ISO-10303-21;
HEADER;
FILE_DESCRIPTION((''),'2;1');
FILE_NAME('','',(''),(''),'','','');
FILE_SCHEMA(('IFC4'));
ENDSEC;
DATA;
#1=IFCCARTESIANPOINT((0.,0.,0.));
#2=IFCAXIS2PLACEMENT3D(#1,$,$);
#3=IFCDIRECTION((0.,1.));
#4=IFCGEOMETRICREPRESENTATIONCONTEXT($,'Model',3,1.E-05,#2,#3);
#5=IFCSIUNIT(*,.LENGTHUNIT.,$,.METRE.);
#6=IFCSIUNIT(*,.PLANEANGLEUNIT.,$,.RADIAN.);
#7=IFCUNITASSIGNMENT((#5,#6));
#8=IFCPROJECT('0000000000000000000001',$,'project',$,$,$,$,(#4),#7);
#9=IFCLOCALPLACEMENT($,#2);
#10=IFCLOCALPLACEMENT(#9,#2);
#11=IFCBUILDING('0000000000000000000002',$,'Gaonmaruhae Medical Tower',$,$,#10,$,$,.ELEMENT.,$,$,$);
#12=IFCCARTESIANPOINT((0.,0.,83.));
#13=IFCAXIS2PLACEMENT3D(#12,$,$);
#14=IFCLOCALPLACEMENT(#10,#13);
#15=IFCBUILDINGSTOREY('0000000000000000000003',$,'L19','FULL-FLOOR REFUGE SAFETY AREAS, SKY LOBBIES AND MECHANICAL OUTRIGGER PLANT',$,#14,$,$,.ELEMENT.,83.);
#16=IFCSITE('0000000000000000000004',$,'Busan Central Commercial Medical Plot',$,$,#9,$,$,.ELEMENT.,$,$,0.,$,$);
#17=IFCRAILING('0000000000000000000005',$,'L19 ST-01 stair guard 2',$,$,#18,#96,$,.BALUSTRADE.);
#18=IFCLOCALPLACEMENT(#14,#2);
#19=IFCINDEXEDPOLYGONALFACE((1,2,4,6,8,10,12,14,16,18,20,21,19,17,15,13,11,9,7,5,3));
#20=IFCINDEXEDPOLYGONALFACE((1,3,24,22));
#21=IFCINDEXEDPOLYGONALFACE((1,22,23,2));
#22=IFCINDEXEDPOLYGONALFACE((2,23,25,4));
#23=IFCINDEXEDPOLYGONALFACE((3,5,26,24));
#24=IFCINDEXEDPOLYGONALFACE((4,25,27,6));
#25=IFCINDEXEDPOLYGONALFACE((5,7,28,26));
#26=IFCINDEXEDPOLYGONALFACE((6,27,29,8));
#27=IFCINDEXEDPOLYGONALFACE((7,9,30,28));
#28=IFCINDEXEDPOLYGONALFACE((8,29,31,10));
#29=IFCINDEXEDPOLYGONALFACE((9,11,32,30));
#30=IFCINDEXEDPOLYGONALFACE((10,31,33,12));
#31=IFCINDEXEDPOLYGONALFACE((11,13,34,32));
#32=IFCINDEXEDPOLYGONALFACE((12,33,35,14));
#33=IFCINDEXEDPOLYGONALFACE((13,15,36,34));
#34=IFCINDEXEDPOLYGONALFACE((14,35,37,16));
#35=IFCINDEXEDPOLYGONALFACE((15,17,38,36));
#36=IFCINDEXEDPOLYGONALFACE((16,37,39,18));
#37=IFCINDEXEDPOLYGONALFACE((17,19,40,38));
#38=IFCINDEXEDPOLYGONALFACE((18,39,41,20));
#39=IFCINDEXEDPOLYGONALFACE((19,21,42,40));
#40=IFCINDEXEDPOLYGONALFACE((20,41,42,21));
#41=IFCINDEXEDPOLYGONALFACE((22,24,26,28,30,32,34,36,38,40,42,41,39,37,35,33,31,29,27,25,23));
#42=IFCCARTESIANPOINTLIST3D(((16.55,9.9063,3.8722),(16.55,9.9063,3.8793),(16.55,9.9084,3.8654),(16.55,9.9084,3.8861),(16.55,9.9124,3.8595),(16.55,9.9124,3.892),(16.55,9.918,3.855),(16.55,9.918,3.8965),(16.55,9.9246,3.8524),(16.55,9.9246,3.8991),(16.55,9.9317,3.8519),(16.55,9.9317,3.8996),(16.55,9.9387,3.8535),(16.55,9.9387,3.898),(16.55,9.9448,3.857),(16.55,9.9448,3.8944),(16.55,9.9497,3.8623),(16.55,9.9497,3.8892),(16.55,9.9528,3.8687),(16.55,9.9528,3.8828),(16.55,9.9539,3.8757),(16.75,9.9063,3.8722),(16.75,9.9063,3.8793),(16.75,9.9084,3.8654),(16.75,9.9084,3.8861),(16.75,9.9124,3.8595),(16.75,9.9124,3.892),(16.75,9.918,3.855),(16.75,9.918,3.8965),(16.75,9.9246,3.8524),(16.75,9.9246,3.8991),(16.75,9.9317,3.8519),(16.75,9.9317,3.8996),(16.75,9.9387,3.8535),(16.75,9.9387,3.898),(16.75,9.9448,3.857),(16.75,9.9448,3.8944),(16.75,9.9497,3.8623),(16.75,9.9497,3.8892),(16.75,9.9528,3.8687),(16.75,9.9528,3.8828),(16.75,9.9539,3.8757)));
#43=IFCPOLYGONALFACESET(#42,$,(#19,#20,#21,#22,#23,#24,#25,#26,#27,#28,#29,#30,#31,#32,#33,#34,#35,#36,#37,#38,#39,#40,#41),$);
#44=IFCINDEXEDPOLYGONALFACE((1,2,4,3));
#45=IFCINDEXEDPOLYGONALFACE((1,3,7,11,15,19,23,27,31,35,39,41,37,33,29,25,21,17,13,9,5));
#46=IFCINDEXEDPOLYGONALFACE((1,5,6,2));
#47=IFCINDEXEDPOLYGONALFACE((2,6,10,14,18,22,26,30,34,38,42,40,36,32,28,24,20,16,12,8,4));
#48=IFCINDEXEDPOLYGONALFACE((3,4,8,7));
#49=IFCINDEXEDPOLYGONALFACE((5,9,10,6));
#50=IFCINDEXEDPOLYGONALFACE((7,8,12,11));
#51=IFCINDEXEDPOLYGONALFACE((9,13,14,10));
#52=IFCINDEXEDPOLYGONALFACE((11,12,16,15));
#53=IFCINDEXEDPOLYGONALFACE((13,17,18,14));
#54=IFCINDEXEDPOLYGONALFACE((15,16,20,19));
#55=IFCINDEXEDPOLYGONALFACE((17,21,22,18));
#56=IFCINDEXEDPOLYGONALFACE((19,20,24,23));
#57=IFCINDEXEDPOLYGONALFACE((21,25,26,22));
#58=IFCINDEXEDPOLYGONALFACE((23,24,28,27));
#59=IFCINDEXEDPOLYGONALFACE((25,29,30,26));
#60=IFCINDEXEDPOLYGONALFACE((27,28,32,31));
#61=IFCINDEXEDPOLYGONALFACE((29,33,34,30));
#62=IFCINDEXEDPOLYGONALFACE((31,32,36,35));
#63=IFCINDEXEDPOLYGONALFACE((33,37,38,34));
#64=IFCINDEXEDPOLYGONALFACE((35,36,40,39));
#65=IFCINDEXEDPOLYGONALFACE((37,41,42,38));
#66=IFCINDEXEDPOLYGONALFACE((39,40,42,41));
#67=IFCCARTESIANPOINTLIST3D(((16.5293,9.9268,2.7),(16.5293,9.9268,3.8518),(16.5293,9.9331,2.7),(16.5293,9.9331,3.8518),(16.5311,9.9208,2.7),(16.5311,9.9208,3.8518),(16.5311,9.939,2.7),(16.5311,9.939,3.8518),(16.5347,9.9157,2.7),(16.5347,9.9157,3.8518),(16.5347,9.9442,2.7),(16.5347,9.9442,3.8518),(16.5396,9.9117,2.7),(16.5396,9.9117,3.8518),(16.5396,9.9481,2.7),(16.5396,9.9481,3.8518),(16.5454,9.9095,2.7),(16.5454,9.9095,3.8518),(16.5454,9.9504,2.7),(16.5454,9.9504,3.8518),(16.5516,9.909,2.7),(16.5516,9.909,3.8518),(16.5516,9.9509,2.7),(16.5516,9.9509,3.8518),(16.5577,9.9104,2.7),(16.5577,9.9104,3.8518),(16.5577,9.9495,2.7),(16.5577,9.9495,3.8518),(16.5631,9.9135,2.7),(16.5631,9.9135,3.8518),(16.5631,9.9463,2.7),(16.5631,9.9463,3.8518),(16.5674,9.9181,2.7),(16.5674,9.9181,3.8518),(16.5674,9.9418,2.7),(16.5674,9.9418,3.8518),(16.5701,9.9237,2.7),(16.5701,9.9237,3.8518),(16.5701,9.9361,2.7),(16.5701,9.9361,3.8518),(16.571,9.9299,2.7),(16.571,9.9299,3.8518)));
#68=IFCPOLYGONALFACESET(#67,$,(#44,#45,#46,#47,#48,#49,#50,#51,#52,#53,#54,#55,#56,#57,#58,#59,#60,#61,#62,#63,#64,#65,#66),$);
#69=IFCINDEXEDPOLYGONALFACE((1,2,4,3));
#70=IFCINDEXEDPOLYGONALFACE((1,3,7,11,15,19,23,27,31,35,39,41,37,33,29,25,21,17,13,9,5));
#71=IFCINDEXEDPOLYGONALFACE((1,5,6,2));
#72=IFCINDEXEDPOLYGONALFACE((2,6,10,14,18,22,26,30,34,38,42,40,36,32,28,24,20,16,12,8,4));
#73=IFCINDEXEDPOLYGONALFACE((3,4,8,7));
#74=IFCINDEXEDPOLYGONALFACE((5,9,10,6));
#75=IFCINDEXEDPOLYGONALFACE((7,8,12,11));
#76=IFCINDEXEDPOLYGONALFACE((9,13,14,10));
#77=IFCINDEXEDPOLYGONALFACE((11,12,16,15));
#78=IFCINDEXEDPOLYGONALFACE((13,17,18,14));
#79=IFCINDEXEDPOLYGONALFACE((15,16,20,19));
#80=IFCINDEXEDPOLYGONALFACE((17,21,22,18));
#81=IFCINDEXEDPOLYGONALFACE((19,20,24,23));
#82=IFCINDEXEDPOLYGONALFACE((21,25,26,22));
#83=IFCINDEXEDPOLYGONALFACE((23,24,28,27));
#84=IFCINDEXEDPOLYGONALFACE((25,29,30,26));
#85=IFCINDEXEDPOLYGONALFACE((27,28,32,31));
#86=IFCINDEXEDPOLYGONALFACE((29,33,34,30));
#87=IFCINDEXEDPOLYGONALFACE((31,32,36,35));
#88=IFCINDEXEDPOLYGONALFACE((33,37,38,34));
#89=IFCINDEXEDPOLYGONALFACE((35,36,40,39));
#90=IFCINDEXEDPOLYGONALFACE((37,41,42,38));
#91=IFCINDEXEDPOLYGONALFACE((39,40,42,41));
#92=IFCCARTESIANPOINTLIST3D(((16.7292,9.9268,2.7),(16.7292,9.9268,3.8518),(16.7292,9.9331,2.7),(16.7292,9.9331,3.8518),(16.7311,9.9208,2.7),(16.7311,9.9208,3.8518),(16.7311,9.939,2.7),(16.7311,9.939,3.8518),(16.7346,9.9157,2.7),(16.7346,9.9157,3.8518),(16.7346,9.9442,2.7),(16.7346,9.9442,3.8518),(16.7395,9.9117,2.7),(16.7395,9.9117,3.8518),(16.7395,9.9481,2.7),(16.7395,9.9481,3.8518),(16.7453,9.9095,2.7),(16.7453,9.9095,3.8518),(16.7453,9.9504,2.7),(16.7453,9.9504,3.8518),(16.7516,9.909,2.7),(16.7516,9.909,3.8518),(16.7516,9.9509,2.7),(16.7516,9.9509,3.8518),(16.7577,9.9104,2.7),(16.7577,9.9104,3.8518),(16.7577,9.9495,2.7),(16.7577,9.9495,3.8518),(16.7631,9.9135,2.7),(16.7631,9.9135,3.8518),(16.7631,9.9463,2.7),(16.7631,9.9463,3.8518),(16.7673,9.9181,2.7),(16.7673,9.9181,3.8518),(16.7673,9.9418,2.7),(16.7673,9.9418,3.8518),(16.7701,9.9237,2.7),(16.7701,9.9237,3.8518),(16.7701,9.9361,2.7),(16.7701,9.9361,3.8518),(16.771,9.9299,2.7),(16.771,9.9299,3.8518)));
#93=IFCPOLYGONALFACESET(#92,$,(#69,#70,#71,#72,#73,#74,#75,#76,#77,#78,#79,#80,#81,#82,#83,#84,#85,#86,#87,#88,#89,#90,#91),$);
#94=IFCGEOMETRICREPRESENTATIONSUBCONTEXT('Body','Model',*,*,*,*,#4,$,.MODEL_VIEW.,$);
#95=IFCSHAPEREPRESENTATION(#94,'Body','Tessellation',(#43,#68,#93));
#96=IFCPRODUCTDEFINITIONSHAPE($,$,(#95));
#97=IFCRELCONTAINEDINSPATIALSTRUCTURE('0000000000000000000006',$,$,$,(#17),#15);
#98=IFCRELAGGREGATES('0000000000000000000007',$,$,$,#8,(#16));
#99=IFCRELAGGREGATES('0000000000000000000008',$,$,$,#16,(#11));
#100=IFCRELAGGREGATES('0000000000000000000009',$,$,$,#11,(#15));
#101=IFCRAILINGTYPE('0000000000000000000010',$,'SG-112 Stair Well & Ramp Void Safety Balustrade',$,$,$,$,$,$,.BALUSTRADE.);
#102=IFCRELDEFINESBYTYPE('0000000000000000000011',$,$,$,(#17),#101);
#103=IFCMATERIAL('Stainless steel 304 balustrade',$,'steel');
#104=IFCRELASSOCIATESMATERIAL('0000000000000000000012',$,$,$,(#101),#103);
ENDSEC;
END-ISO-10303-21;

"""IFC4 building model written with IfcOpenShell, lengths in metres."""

from ifc_helpers import new_model, si_unit, direction, frame, origin, origin_2d, place, context, subcontext, project, spatial, circle, extrude, material, type_object, element, save


model = new_model("IFC4")

# Units and contexts
model_context = context("Model", 3, precision=1e-05, world=origin(), true_north=direction((0.0, 1.0)))
body_context = subcontext(model_context, "Body", "Model", "MODEL_VIEW")
ifc_project = project(units=[si_unit("LENGTHUNIT", "METRE"), si_unit("PLANEANGLEUNIT", "RADIAN")], contexts=[model_context])

# Site, building, storey
site_placement = place(None, origin())
site = spatial("IfcSite", under=ifc_project, at=site_placement, Name="Busan Central Commercial Medical Plot", CompositionType="ELEMENT", RefElevation=0.0)
building_placement = place(site_placement, origin())
building = spatial("IfcBuilding", under=site, at=building_placement, Name="Gaonmaruhae Medical Tower", CompositionType="ELEMENT")
storey_placement = place(building_placement, frame((0.0, 0.0, 83.0)))
storey = spatial("IfcBuildingStorey", under=building, at=storey_placement, Name="L19", Description="FULL-FLOOR REFUGE SAFETY AREAS, SKY LOBBIES AND MECHANICAL OUTRIGGER PLANT", CompositionType="ELEMENT", Elevation=83.0)

# Railing
ifc_material_1 = material(Name="Stainless steel 304 balustrade", Category="steel")
railing_type_1 = type_object("IfcRailingType", Name="SG-112 Stair Well & Ramp Void Safety Balustrade", PredefinedType="BALUSTRADE", material=ifc_material_1)
railing_1_placement = place(storey_placement, frame((16.55, 9.9299, 2.7)))
element("IfcRailing", 1, at=railing_1_placement, inside=storey, type_object=railing_type_1, Name="L19 ST-01 stair guard 2", PredefinedType="BALUSTRADE", context=body_context, shape_type="SweptSolid", body=[
    extrude(circle(Radius=0.0239, at=origin_2d()), frame((0.0, 0.0, 1.1758), z_axis=(1.0, 0.0, 0.0), x_axis=(0.0, 1.0, 0.0)), (0.0, 0.0, 1.0), 0.2),
    extrude(circle(Radius=0.021, at=origin_2d()), origin(), (0.0, 0.0, 1.0), 1.1519),
    extrude(circle(Radius=0.021, at=origin_2d()), frame((0.2, 0.0, 0.0)), (0.0, 0.0, 1.0), 1.1519),
])

save(model, "model.ifc")
